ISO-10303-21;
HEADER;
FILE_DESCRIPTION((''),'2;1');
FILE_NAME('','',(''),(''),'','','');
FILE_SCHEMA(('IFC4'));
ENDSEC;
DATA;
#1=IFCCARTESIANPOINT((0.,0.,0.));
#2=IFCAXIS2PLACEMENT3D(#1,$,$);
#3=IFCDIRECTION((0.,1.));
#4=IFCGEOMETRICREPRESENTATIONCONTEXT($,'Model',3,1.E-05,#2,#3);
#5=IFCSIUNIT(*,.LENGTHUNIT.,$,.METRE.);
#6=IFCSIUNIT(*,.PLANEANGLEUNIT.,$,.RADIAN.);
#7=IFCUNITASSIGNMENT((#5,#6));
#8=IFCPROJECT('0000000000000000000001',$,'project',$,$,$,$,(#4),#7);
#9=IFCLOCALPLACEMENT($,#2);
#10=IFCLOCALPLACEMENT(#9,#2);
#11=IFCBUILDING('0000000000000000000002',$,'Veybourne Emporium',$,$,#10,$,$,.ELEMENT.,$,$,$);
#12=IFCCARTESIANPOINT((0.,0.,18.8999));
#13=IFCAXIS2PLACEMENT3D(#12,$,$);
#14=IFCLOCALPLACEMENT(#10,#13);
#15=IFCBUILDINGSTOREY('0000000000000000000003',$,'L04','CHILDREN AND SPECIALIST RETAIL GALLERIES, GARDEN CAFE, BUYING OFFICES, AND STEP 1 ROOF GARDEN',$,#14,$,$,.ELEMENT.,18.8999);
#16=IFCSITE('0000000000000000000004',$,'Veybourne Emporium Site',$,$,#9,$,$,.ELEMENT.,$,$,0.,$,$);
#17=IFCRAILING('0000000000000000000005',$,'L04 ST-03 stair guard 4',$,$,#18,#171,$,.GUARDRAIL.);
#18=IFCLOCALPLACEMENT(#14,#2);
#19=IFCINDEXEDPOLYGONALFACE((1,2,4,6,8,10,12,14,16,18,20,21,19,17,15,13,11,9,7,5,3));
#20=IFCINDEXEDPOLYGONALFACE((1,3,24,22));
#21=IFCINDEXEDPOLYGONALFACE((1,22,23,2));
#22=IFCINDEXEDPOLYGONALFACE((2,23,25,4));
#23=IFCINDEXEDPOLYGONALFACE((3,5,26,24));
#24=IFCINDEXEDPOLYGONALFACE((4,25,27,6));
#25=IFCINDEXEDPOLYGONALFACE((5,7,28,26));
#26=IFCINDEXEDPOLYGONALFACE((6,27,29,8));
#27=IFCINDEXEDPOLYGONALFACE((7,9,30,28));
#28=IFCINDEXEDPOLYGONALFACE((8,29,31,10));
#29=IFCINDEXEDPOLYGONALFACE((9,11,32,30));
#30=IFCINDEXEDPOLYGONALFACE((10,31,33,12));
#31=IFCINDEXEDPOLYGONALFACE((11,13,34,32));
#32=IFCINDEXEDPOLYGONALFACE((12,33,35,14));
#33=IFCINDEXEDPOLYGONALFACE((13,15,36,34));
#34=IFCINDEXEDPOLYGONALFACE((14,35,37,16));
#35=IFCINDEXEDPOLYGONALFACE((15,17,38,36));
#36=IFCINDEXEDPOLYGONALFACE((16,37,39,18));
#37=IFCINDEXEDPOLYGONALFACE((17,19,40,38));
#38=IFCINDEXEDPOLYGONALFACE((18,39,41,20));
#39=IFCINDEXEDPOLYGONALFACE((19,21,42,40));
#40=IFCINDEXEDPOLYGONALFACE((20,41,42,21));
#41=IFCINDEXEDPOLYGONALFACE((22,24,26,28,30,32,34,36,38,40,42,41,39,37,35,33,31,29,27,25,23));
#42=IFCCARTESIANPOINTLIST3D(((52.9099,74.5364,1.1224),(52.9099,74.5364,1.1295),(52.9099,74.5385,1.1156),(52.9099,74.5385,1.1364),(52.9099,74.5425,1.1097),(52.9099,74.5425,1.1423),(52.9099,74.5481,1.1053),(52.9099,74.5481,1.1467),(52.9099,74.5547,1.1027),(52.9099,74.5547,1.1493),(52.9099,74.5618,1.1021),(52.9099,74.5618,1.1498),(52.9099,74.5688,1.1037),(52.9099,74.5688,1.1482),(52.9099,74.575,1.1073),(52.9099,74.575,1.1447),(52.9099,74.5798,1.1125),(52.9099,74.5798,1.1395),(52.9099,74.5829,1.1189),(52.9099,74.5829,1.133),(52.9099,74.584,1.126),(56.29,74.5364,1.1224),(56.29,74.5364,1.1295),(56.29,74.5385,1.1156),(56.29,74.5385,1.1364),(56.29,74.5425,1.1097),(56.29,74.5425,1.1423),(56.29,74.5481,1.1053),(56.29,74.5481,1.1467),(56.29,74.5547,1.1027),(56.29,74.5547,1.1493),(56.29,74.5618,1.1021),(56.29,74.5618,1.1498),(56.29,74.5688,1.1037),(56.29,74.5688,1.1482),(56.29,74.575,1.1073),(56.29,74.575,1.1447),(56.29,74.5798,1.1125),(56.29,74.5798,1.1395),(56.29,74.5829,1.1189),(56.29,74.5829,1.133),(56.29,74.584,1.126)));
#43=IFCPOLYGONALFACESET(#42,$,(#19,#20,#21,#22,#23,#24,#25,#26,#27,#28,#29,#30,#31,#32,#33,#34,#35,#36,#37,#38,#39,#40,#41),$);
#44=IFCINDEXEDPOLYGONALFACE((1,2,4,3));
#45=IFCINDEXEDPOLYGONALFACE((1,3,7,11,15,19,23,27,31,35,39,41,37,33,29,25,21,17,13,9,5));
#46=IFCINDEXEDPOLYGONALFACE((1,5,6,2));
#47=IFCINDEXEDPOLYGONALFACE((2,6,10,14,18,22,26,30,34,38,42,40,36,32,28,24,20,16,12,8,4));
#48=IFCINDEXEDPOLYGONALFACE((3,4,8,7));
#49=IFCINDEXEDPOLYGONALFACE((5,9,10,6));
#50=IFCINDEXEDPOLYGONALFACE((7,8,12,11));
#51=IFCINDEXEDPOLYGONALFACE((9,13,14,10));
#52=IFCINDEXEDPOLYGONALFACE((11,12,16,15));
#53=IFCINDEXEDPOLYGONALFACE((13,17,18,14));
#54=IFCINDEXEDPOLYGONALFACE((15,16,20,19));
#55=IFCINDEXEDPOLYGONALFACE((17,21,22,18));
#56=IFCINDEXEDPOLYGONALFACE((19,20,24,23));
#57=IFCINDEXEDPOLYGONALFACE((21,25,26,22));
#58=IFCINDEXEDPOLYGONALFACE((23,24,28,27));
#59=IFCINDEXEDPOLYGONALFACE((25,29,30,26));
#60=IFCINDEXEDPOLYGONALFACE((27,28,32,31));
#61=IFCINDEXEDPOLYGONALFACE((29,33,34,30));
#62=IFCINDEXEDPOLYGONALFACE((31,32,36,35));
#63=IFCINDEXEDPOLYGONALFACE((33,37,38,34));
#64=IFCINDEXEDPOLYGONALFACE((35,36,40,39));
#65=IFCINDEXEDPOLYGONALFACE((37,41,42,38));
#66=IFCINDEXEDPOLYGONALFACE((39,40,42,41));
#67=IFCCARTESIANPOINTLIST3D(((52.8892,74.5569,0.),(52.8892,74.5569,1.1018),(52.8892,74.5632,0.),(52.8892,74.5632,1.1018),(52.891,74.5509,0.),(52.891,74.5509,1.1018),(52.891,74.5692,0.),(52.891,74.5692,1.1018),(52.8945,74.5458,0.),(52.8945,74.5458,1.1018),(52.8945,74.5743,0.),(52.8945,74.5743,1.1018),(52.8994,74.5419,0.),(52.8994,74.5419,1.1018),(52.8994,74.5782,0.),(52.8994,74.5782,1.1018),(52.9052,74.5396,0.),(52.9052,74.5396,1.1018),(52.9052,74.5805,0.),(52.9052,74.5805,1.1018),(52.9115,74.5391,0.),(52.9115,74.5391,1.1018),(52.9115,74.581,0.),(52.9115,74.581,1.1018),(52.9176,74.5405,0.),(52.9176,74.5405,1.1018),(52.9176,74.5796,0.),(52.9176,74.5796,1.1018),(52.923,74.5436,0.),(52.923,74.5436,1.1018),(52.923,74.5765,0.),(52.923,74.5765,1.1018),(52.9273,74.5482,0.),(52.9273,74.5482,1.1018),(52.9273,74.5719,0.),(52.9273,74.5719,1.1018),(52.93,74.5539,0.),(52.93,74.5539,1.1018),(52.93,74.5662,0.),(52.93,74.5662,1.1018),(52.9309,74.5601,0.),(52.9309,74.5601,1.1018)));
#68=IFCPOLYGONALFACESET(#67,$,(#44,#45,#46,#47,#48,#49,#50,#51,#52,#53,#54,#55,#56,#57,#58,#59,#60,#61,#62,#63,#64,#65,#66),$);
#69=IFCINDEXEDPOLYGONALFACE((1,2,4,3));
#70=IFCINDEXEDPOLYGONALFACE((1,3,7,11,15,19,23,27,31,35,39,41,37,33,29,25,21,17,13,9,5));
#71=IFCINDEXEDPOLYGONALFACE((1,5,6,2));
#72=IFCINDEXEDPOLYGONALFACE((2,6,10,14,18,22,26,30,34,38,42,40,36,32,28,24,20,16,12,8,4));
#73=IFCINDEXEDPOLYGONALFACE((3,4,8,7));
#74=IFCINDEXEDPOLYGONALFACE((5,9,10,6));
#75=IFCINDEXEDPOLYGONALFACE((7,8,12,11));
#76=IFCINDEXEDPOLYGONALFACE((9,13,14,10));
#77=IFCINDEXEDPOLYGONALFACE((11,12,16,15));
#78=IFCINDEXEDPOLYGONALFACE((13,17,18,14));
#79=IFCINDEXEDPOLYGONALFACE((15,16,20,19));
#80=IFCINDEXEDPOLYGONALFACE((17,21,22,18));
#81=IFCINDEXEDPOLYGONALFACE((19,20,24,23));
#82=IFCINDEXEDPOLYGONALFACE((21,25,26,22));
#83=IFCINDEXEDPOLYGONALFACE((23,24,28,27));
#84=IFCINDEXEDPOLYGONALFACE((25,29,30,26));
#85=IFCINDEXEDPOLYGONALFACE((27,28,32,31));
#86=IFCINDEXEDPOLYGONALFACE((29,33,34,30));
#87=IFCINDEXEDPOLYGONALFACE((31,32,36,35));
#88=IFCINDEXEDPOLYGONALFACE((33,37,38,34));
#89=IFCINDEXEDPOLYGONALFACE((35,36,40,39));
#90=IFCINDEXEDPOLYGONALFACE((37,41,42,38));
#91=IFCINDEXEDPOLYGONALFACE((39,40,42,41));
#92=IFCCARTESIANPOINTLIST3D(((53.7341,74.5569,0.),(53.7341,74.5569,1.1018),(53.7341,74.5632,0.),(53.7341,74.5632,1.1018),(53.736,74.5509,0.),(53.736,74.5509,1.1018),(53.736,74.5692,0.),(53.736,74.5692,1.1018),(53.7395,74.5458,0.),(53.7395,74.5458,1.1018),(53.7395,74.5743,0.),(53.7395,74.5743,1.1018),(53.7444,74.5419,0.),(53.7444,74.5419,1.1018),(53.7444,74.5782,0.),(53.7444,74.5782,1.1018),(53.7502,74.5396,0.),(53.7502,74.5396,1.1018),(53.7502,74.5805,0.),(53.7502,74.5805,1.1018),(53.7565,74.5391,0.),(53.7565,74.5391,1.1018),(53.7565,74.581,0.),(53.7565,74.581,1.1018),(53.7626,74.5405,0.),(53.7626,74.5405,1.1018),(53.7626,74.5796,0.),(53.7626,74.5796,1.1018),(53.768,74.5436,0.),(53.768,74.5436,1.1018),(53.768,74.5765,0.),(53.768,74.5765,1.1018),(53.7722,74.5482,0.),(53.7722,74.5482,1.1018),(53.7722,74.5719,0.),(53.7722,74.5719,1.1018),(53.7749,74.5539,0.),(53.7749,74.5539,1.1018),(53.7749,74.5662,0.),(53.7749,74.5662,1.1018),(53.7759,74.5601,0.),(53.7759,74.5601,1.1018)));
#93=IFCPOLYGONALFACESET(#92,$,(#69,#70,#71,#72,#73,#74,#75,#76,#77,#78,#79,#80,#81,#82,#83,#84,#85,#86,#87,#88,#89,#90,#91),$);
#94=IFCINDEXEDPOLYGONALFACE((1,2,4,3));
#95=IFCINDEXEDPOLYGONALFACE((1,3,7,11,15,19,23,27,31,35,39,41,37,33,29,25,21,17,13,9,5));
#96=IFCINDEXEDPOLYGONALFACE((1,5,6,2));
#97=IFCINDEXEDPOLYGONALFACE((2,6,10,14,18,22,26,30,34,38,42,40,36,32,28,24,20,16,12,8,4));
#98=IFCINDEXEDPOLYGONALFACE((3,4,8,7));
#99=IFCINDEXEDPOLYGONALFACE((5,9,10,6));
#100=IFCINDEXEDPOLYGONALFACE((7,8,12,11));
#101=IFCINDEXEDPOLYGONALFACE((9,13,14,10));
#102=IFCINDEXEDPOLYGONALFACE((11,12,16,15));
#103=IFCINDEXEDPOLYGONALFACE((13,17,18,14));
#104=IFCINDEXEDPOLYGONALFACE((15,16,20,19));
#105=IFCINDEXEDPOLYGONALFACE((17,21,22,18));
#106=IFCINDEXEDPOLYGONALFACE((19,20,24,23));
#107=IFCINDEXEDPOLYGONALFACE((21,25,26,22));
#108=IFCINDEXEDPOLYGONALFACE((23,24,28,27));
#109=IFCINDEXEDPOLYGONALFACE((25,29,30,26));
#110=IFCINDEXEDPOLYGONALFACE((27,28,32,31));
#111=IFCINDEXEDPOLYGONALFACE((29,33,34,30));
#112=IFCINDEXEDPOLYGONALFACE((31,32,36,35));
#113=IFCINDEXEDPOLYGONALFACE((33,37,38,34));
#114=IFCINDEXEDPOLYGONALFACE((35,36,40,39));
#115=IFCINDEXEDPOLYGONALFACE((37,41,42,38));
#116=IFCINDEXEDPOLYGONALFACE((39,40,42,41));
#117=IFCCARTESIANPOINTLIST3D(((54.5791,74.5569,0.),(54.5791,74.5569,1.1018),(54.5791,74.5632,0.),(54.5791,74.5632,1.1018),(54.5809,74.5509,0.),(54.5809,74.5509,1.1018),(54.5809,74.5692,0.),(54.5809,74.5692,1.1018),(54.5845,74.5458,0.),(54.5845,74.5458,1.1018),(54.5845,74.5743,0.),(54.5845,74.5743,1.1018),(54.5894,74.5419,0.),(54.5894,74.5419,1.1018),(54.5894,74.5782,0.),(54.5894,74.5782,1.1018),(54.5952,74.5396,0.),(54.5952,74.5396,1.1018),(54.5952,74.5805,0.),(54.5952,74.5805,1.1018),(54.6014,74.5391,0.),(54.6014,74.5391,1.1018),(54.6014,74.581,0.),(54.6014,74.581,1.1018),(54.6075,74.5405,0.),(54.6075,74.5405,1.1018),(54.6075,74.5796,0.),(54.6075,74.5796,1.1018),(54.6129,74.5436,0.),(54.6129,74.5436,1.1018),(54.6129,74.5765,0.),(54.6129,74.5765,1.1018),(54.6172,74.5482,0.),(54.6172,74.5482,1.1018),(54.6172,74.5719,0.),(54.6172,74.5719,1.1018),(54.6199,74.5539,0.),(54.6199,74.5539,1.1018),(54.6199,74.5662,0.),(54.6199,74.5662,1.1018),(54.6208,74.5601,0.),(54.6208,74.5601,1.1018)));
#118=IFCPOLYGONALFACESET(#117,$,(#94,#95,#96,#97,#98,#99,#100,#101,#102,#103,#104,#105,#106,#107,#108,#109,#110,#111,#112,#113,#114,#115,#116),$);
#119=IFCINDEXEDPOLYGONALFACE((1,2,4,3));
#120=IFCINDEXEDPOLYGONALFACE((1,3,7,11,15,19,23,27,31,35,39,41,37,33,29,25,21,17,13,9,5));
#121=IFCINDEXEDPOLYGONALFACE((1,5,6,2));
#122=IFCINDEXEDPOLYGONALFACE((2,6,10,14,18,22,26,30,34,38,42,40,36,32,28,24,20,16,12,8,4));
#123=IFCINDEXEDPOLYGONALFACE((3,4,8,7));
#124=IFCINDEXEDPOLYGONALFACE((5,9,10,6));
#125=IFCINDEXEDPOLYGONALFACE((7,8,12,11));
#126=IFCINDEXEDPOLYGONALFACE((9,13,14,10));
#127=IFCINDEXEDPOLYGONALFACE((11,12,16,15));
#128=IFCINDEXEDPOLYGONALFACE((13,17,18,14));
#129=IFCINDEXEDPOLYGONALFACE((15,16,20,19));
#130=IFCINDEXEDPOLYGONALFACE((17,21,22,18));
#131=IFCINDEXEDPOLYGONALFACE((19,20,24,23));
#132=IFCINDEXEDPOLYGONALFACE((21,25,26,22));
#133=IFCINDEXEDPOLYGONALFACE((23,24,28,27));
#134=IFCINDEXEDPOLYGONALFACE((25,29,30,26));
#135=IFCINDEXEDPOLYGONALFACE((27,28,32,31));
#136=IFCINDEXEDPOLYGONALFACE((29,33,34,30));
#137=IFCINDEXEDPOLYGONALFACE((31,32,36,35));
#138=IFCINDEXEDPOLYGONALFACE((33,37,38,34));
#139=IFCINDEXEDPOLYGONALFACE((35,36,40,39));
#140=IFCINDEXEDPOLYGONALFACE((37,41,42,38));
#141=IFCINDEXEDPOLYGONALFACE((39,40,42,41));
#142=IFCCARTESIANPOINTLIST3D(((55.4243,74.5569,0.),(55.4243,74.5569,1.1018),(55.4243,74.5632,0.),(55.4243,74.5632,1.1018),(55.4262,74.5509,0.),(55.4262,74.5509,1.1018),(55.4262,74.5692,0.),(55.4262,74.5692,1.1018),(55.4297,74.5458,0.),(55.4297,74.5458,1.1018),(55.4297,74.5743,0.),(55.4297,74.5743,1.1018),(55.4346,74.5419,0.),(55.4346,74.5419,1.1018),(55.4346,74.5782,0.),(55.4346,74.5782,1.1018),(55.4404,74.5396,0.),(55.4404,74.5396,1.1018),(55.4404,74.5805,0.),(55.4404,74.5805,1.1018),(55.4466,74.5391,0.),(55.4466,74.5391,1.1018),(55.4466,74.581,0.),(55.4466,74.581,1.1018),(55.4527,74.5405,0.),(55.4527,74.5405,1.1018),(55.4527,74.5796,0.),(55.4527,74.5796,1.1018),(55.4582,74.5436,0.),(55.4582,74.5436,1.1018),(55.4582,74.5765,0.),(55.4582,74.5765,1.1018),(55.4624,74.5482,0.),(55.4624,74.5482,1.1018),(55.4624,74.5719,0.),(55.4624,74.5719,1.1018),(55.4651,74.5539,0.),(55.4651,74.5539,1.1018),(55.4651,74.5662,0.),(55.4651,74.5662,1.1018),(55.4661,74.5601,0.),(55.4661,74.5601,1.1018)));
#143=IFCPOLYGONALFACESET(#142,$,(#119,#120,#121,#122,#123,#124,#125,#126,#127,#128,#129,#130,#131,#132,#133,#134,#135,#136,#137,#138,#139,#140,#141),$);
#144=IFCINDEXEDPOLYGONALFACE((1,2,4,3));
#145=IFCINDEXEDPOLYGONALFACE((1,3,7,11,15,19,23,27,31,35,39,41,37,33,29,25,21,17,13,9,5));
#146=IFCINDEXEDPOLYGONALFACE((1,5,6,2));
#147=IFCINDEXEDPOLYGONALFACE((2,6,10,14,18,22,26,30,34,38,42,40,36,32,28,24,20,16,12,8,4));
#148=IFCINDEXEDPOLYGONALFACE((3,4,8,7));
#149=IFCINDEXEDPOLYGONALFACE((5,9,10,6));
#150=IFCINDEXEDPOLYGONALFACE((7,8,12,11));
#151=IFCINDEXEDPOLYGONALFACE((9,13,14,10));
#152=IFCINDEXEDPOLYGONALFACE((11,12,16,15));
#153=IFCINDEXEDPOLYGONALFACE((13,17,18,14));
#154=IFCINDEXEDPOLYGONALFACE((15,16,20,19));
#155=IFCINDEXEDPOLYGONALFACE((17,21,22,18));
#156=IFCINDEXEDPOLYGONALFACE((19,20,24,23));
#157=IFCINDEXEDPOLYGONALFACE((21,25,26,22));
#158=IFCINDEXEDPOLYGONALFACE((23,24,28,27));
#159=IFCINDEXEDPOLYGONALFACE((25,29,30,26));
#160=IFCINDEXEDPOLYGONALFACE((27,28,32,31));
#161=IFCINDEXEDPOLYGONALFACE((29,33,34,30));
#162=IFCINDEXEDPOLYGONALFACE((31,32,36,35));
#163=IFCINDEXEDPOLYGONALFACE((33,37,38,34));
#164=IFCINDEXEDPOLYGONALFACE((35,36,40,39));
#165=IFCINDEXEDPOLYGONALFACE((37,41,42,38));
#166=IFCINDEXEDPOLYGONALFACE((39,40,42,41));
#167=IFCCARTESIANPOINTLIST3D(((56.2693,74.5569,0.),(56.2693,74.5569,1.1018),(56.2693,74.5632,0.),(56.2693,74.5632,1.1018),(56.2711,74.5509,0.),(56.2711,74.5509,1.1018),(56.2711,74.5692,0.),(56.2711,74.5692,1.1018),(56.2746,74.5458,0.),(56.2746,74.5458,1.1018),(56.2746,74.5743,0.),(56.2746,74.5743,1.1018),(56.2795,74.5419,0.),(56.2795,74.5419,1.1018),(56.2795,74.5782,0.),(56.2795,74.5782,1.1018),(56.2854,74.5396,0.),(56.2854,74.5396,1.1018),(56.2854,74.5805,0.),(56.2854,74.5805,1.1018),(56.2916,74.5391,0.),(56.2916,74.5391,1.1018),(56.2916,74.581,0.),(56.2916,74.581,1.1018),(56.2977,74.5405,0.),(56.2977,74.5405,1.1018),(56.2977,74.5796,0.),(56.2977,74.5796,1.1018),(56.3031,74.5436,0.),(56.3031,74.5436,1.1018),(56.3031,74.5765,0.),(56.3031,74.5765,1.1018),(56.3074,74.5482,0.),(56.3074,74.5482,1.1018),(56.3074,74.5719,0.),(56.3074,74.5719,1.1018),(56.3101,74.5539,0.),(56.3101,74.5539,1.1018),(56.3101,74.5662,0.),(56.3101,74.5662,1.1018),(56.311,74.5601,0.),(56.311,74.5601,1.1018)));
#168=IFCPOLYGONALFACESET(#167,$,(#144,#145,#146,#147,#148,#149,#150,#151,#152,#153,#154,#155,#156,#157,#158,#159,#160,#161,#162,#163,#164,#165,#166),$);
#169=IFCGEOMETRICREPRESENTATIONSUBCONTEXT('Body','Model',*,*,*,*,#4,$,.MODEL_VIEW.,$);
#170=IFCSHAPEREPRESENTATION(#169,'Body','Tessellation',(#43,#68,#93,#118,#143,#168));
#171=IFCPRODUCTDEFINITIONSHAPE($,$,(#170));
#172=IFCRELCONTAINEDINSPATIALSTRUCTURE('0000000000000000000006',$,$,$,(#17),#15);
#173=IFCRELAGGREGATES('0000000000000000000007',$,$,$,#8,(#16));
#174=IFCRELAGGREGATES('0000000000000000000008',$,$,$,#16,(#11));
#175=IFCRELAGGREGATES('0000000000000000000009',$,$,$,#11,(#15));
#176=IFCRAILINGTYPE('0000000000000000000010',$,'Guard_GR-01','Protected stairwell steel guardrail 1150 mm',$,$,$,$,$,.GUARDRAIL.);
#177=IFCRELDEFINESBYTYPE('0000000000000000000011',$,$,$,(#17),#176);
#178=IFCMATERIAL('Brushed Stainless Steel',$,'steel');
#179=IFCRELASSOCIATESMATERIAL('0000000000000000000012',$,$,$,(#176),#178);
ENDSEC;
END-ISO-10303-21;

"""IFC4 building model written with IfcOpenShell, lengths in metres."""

from ifc_helpers import new_model, si_unit, direction, frame, origin, origin_2d, place, context, subcontext, project, spatial, circle, extrude, material, type_object, element, save


model = new_model("IFC4")

# Units and contexts
model_context = context("Model", 3, precision=1e-05, world=origin(), true_north=direction((0.0, 1.0)))
body_context = subcontext(model_context, "Body", "Model", "MODEL_VIEW")
ifc_project = project(units=[si_unit("LENGTHUNIT", "METRE"), si_unit("PLANEANGLEUNIT", "RADIAN")], contexts=[model_context])

# Site, building, storey
site_placement = place(None, origin())
site = spatial("IfcSite", under=ifc_project, at=site_placement, Name="Veybourne Emporium Site", CompositionType="ELEMENT", RefElevation=0.0)
building_placement = place(site_placement, origin())
building = spatial("IfcBuilding", under=site, at=building_placement, Name="Veybourne Emporium", CompositionType="ELEMENT")
storey_placement = place(building_placement, frame((0.0, 0.0, 18.8999)))
storey = spatial("IfcBuildingStorey", under=building, at=storey_placement, Name="L04", Description="CHILDREN AND SPECIALIST RETAIL GALLERIES, GARDEN CAFE, BUYING OFFICES, AND STEP 1 ROOF GARDEN", CompositionType="ELEMENT", Elevation=18.8999)

# Railing
ifc_material_1 = material(Name="Brushed Stainless Steel", Category="steel")
railing_type_1 = type_object("IfcRailingType", Name="Guard_GR-01", Description="Protected stairwell steel guardrail 1150 mm", PredefinedType="GUARDRAIL", material=ifc_material_1)
railing_1_placement = place(storey_placement, frame((52.9099, 74.5601, 0.0)))
element("IfcRailing", 1, at=railing_1_placement, inside=storey, type_object=railing_type_1, Name="L04 ST-03 stair guard 4", PredefinedType="GUARDRAIL", context=body_context, shape_type="SweptSolid", body=[
    extrude(circle(Radius=0.0239, at=origin_2d()), frame((0.0, 0.0, 1.126), z_axis=(1.0, 0.0, 0.0), x_axis=(0.0, 1.0, 0.0)), (0.0, 0.0, 1.0), 3.3801),
    extrude(circle(Radius=0.021, at=origin_2d()), origin(), (0.0, 0.0, 1.0), 1.1018),
    extrude(circle(Radius=0.021, at=origin_2d()), frame((0.845, 0.0, 0.0)), (0.0, 0.0, 1.0), 1.1018),
    extrude(circle(Radius=0.021, at=origin_2d()), frame((1.6899, 0.0, 0.0)), (0.0, 0.0, 1.0), 1.1018),
    extrude(circle(Radius=0.021, at=origin_2d()), frame((2.5352, 0.0, 0.0)), (0.0, 0.0, 1.0), 1.1018),
    extrude(circle(Radius=0.021, at=origin_2d()), frame((3.3801, 0.0, 0.0)), (0.0, 0.0, 1.0), 1.1018),
])

save(model, "model.ifc")
